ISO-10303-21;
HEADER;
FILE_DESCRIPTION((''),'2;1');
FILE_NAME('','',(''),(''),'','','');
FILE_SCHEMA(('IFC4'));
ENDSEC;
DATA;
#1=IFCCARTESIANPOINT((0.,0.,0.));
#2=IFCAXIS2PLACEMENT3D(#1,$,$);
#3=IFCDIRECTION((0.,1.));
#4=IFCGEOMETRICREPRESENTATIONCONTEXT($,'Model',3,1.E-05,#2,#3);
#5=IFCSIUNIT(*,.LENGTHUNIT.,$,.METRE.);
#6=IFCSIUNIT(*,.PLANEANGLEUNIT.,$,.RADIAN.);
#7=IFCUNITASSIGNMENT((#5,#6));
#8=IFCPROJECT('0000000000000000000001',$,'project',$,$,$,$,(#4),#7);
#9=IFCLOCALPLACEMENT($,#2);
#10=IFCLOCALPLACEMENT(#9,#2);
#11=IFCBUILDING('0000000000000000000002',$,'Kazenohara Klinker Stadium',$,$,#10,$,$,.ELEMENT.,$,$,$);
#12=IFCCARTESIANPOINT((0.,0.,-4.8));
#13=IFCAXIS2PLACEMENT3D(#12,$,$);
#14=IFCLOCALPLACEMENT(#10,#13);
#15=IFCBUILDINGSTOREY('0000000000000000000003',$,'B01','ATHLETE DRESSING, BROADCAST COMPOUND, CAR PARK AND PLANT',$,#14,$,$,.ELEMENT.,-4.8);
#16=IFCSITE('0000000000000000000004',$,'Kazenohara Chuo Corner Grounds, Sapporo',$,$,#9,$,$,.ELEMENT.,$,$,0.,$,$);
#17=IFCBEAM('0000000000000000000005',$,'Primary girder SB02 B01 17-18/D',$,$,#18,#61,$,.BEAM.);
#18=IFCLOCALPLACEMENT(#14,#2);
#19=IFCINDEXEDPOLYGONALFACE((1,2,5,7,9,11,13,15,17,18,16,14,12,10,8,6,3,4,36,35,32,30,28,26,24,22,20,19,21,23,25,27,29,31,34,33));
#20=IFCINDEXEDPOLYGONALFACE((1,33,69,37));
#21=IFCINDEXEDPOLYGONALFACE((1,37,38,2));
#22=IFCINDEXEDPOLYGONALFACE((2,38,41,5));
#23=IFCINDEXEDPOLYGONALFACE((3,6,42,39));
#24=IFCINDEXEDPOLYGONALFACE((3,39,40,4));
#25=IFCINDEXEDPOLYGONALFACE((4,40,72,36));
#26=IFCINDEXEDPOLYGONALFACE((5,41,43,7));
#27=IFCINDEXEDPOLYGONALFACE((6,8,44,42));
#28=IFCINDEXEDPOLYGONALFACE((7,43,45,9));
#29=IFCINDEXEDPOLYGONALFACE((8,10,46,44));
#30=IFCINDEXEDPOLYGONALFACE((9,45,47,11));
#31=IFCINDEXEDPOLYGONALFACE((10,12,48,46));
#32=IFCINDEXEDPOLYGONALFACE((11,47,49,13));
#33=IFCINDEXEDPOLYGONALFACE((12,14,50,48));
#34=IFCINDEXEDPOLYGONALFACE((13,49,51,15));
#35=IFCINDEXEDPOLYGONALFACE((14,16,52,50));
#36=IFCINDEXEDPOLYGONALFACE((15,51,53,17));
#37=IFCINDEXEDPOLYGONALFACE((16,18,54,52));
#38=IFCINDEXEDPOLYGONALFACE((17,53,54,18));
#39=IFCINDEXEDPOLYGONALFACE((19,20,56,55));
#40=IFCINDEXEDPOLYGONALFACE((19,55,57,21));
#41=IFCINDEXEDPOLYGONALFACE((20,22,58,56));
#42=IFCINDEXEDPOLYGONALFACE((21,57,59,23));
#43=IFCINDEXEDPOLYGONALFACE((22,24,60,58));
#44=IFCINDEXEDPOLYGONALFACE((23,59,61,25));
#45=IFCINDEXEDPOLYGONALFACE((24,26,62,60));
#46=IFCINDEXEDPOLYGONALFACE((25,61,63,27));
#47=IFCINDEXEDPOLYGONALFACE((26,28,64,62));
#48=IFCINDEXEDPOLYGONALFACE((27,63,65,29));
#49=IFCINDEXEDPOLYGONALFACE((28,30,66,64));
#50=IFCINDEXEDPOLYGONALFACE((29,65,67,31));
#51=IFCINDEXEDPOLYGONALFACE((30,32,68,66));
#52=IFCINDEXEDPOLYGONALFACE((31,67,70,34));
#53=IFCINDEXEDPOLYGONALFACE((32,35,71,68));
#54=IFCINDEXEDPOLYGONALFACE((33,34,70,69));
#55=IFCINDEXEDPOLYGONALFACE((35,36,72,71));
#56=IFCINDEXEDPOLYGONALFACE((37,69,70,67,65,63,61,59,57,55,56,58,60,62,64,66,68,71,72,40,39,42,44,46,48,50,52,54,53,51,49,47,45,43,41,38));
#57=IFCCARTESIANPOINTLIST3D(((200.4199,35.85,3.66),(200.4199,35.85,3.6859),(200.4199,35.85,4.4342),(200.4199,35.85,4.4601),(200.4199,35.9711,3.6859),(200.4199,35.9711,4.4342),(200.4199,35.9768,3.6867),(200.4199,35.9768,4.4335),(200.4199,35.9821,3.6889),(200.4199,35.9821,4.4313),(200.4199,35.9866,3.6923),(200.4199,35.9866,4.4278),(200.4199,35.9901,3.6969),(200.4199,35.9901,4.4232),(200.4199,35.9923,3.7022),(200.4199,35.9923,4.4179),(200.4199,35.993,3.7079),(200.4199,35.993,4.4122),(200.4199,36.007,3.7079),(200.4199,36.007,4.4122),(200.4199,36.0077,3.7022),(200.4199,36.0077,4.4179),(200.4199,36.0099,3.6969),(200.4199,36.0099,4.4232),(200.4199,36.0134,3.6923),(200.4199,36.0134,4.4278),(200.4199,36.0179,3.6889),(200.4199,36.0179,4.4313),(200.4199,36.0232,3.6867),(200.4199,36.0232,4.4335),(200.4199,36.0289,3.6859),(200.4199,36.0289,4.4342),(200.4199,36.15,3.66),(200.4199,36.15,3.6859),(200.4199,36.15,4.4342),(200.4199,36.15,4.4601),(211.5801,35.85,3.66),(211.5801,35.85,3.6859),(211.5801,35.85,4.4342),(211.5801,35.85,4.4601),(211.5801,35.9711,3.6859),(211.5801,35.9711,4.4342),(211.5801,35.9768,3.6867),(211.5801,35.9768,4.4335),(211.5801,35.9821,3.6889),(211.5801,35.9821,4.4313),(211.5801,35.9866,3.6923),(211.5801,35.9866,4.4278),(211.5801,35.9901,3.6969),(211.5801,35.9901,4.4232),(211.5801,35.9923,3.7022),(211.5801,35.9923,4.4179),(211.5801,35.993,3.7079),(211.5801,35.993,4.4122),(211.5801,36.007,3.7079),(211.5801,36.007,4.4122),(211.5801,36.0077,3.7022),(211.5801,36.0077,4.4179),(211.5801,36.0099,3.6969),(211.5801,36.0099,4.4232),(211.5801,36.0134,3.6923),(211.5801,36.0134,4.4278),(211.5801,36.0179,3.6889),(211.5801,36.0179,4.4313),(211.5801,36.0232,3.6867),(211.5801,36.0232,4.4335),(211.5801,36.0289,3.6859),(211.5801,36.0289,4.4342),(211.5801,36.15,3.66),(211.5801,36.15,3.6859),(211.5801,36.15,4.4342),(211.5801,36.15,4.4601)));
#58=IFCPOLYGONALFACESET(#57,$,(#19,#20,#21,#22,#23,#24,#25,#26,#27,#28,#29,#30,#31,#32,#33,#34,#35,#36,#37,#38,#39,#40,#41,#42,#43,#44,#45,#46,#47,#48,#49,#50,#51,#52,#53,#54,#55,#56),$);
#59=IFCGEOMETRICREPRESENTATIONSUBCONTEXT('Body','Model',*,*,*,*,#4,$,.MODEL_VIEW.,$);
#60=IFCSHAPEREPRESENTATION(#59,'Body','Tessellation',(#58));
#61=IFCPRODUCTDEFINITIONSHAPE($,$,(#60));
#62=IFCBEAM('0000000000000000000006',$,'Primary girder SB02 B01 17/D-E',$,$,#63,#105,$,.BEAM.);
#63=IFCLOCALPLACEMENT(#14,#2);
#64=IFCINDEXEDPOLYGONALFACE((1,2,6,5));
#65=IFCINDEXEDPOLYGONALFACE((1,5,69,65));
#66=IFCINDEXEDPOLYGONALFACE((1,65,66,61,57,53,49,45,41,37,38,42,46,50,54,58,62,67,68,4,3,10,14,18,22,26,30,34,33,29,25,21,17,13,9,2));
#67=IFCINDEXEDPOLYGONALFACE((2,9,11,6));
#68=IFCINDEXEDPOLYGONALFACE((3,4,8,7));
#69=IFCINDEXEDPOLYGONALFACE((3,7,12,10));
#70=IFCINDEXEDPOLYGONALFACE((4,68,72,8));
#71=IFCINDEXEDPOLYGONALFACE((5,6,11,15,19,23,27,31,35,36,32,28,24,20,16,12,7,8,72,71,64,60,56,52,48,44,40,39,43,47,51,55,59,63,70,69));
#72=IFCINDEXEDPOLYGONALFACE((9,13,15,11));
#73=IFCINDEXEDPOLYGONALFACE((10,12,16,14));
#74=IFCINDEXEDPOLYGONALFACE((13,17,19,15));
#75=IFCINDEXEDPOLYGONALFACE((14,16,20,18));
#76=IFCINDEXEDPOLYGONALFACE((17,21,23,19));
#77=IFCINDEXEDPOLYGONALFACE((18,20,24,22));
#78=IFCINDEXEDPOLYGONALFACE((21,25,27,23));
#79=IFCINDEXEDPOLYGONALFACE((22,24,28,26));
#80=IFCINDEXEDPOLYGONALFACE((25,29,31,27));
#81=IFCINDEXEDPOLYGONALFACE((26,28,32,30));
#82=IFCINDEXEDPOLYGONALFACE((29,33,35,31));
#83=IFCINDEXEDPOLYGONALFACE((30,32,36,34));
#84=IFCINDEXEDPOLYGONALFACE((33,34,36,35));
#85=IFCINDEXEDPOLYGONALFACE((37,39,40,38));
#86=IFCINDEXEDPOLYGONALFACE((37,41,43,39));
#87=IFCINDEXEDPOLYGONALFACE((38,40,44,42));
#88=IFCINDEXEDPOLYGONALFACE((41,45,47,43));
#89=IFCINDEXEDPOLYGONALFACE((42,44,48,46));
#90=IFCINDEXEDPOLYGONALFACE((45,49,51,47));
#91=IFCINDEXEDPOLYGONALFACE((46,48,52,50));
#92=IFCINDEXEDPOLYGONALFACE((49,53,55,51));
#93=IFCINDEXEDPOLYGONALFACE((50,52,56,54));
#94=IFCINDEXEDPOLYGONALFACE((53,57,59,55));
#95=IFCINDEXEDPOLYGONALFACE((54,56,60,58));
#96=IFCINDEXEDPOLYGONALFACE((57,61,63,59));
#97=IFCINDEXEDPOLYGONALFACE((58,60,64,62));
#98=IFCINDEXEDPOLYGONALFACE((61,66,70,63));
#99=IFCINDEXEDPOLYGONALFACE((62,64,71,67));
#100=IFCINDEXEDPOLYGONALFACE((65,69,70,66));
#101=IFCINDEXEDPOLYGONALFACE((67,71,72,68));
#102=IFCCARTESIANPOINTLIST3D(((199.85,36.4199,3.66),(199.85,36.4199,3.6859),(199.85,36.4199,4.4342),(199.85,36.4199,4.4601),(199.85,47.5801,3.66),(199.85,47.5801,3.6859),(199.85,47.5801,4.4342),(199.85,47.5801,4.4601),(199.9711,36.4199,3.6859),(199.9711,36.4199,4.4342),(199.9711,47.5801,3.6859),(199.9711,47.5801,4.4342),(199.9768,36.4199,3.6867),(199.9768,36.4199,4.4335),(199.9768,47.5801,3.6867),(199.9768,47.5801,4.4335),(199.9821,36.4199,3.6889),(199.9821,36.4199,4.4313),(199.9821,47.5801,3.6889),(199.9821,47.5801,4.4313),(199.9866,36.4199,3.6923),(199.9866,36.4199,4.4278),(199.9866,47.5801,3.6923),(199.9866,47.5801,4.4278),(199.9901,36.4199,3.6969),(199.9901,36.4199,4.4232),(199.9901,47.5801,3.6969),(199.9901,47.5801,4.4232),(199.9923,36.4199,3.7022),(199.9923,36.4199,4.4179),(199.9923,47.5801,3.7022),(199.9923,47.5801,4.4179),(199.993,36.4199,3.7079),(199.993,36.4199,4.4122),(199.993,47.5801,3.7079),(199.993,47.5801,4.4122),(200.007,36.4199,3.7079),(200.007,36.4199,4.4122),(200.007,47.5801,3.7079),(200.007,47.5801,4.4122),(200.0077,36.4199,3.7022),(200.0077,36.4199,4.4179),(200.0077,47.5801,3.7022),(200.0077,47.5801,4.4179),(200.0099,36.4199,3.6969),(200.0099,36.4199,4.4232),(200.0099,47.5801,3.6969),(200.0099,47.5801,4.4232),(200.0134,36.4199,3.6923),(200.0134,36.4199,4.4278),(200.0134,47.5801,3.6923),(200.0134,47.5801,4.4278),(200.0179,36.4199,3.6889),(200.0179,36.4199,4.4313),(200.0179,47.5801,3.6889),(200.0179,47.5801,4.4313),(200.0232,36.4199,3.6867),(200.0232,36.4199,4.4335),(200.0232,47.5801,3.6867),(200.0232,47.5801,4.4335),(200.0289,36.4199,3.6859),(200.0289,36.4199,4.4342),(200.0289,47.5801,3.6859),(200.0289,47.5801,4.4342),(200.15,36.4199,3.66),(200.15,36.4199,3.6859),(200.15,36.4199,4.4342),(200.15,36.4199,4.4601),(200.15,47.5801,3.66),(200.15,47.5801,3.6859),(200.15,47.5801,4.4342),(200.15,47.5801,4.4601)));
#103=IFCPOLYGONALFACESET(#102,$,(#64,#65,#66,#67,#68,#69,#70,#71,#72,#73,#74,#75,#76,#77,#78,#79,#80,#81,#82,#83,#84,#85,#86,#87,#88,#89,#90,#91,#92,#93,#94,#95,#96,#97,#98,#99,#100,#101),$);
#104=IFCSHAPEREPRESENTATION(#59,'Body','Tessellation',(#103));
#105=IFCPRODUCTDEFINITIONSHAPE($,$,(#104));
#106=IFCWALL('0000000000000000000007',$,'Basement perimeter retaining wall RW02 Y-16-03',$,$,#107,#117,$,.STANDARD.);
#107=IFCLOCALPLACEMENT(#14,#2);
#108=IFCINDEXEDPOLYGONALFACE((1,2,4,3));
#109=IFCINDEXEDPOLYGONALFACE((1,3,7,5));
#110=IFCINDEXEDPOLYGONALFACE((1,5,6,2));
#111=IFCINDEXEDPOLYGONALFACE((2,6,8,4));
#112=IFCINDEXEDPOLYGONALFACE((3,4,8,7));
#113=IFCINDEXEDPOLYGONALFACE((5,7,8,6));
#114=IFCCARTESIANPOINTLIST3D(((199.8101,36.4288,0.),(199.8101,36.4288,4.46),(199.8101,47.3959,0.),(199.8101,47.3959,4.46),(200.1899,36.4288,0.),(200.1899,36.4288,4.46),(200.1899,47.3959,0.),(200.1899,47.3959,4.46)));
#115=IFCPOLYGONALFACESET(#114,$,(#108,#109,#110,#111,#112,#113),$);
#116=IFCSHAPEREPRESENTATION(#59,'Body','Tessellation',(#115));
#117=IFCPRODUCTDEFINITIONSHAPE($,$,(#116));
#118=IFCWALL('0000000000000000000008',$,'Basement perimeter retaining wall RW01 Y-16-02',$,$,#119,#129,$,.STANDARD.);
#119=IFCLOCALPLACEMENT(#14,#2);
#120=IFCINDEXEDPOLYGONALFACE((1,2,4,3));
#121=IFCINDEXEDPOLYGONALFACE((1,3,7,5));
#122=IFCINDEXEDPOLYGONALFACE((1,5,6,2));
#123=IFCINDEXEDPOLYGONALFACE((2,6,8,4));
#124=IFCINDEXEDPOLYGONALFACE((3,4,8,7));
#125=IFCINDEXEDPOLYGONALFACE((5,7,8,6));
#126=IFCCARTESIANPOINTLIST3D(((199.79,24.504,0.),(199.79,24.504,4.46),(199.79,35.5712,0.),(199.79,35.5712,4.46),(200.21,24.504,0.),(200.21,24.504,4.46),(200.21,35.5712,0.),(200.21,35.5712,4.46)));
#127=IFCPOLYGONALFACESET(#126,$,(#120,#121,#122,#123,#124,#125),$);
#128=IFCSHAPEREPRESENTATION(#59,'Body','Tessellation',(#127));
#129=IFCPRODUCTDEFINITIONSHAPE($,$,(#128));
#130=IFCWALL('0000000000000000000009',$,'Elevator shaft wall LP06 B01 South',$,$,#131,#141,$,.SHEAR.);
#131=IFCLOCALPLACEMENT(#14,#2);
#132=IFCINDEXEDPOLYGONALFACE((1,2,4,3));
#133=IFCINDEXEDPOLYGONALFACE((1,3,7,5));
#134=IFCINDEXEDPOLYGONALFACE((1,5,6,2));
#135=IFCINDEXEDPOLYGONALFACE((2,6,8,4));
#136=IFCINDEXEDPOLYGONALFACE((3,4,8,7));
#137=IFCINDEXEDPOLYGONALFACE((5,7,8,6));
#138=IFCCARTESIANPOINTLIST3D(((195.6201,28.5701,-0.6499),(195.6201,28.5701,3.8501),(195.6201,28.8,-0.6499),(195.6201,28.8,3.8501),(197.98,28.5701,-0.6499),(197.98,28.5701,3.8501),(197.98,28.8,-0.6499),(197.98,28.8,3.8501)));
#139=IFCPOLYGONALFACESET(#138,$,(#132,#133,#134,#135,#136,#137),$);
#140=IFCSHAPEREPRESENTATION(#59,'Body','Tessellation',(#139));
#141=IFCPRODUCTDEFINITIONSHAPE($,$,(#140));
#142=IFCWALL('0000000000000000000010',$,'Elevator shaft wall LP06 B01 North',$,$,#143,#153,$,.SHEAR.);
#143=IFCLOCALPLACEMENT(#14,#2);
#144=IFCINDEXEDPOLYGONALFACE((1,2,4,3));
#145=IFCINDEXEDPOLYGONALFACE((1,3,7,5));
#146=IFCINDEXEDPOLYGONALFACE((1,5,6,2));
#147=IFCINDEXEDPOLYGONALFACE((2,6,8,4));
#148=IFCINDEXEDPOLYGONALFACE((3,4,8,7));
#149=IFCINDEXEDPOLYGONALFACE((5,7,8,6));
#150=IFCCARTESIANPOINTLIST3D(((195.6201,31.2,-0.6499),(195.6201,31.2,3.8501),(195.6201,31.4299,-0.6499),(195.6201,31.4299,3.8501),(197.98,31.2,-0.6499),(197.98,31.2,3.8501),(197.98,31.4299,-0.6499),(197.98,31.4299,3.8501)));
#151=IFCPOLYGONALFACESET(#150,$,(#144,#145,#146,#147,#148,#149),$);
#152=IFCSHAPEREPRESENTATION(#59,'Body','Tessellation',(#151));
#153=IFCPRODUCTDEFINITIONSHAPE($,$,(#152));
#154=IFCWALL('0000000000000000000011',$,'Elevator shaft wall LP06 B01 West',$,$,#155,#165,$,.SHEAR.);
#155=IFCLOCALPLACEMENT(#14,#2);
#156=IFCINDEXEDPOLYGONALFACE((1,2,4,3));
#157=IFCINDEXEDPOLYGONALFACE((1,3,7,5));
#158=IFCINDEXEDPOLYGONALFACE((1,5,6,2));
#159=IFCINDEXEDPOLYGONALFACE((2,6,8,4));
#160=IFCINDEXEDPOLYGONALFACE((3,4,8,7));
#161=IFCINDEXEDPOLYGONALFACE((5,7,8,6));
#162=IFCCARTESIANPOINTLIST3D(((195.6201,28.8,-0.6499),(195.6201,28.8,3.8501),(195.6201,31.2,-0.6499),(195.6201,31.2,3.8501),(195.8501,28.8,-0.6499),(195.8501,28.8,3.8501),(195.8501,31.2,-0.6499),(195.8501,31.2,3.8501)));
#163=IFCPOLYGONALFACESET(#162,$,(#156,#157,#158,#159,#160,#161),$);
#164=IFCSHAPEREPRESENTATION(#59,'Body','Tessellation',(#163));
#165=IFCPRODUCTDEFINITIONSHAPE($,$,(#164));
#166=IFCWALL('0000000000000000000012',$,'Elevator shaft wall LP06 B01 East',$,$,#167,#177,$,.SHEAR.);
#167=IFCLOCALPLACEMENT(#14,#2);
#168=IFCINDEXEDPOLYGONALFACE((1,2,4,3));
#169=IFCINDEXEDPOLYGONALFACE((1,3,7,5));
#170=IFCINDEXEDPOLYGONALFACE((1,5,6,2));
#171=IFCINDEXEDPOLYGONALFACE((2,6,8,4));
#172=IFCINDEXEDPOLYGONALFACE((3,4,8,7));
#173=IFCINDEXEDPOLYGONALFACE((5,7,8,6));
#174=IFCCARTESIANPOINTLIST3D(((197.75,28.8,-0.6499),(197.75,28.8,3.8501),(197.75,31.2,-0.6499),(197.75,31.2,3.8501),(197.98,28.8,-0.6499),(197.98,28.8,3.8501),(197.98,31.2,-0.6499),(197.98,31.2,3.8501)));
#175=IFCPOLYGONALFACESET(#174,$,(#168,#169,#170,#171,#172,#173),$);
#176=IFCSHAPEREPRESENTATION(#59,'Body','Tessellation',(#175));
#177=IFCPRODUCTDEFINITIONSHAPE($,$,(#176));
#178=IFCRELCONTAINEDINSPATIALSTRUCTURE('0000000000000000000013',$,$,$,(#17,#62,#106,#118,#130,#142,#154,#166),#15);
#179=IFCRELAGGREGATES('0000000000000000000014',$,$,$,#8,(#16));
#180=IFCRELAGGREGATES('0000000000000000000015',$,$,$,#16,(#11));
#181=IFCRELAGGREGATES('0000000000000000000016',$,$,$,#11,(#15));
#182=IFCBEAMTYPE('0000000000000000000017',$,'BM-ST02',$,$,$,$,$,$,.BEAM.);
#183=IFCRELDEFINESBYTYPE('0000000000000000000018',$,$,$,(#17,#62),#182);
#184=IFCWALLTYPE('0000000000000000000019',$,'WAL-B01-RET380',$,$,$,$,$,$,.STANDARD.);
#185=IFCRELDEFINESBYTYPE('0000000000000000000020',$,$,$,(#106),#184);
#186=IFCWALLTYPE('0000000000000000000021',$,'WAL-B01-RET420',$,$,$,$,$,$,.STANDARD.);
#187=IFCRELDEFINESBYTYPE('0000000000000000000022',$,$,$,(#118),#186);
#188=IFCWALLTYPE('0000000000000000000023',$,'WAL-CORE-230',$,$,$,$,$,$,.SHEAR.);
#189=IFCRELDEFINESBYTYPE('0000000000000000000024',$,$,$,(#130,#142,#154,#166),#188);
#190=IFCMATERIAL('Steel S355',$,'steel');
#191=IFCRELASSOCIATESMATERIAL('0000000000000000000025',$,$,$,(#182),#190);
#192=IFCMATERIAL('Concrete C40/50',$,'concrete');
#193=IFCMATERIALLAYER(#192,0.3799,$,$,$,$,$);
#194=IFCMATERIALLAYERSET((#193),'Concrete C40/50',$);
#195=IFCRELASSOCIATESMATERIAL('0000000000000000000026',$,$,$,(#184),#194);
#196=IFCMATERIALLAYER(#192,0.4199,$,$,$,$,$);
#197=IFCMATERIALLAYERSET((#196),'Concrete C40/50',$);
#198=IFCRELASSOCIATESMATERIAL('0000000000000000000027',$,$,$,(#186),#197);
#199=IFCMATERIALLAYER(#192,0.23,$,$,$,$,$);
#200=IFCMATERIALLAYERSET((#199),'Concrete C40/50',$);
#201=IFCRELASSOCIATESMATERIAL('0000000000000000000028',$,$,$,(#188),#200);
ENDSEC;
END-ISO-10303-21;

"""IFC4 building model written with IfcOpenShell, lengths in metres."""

from ifc_helpers import new_model, si_unit, direction, frame, frame_2d, origin, origin_2d, place, context, subcontext, project, spatial, rectangle, i_section, extrude, material, layer, layer_set, material_profile, profile_set, type_object, element, save


model = new_model("IFC4")

# Units and contexts
model_context = context("Model", 3, precision=1e-05, world=origin(), true_north=direction((0.0, 1.0)))
body_context = subcontext(model_context, "Body", "Model", "MODEL_VIEW")
ifc_project = project(units=[si_unit("LENGTHUNIT", "METRE"), si_unit("PLANEANGLEUNIT", "RADIAN")], contexts=[model_context])

# Site, building, storey
site_placement = place(None, origin())
site = spatial("IfcSite", under=ifc_project, at=site_placement, Name="Kazenohara Chuo Corner Grounds, Sapporo", CompositionType="ELEMENT", RefElevation=0.0)
building_placement = place(site_placement, origin())
building = spatial("IfcBuilding", under=site, at=building_placement, Name="Kazenohara Klinker Stadium", CompositionType="ELEMENT")
storey_placement = place(building_placement, frame((0.0, 0.0, -4.8)))
storey = spatial("IfcBuildingStorey", under=building, at=storey_placement, Name="B01", Description="ATHLETE DRESSING, BROADCAST COMPOUND, CAR PARK AND PLANT", CompositionType="ELEMENT", Elevation=-4.8)

# Shared definitions
ifc_material_1 = material(Name="Concrete C40/50", Category="concrete")

# Beams
ifc_material_2 = material(Name="Steel S355", Category="steel")
ifc_material_profile_1 = material_profile(ifc_material_2, i_section(OverallWidth=0.3, OverallDepth=0.8, WebThickness=0.0139, FlangeThickness=0.0259, FilletRadius=0.022, at=origin_2d()), Name="H-800x300x14x26")
ifc_profile_set_1 = profile_set([ifc_material_profile_1], Name="Steel S355")
beam_type_1 = type_object("IfcBeamType", Name="BM-ST02", PredefinedType="BEAM", material=ifc_profile_set_1)
for number, where, z_axis, x_axis, name in (
    (1, (200.4199, 36.0, 4.0601), (1.0, 0.0, 0.0), (0.0, 1.0, 0.0), "Primary girder SB02 B01 17-18/D"),
    (2, (200.0, 36.4199, 4.0601), (0.0, 1.0, 0.0), (-1.0, 0.0, 0.0), "Primary girder SB02 B01 17/D-E"),
):
    element("IfcBeam", number, at=place(storey_placement, frame(where, z_axis=z_axis, x_axis=x_axis)), inside=storey, type_object=beam_type_1, Name=name, PredefinedType="BEAM", context=body_context, shape_type="SweptSolid", body=[
        extrude(i_section(OverallWidth=0.3, OverallDepth=0.8, WebThickness=0.0139, FlangeThickness=0.0259, FilletRadius=0.022, at=origin_2d()), origin(), (0.0, 0.0, 1.0), 11.1602),
    ])

# Walls
ifc_layer_1 = layer(ifc_material_1, 0.3799)
ifc_layer_set_1 = layer_set([ifc_layer_1], Name="Concrete C40/50")
wall_type_1 = type_object("IfcWallType", Name="WAL-B01-RET380", PredefinedType="STANDARD", material=ifc_layer_set_1)
wall_1_placement = place(storey_placement, frame((200.0, 36.429, 0.0), z_axis=(0.0, 0.0, 1.0), x_axis=(0.0, 1.0, 0.0)))
element("IfcWall", 3, at=wall_1_placement, inside=storey, type_object=wall_type_1, Name="Basement perimeter retaining wall RW02 Y-16-03", PredefinedType="STANDARD", context=body_context, shape_type="SweptSolid", body=[
    extrude(rectangle(XDim=10.967, YDim=0.3799, at=frame_2d((5.4834, 0.0))), origin(), (0.0, 0.0, 1.0), 4.46),
])
ifc_layer_2 = layer(ifc_material_1, 0.4199)
ifc_layer_set_2 = layer_set([ifc_layer_2], Name="Concrete C40/50")
wall_type_2 = type_object("IfcWallType", Name="WAL-B01-RET420", PredefinedType="STANDARD", material=ifc_layer_set_2)
wall_2_placement = place(storey_placement, frame((200.0, 24.5039, 0.0), z_axis=(0.0, 0.0, 1.0), x_axis=(0.0, 1.0, 0.0)))
element("IfcWall", 4, at=wall_2_placement, inside=storey, type_object=wall_type_2, Name="Basement perimeter retaining wall RW01 Y-16-02", PredefinedType="STANDARD", context=body_context, shape_type="SweptSolid", body=[
    extrude(rectangle(XDim=11.0671, YDim=0.4199, at=frame_2d((5.5337, 0.0))), origin(), (0.0, 0.0, 1.0), 4.46),
])
ifc_layer_3 = layer(ifc_material_1, 0.23)
ifc_layer_set_3 = layer_set([ifc_layer_3], Name="Concrete C40/50")
wall_type_3 = type_object("IfcWallType", Name="WAL-CORE-230", PredefinedType="SHEAR", material=ifc_layer_set_3)
for number, where, z_axis, x_axis, name in (
    (5, (195.6201, 28.6851, -0.6499), (0.0, 0.0, 1.0), (1.0, 0.0, 0.0), "Elevator shaft wall LP06 B01 South"),
    (6, (195.6201, 31.3149, -0.6499), (0.0, 0.0, 1.0), (1.0, 0.0, 0.0), "Elevator shaft wall LP06 B01 North"),
):
    element("IfcWall", number, at=place(storey_placement, frame(where, z_axis=z_axis, x_axis=x_axis)), inside=storey, type_object=wall_type_3, Name=name, PredefinedType="SHEAR", context=body_context, shape_type="SweptSolid", body=[
        extrude(rectangle(XDim=2.3599, YDim=0.23, at=frame_2d((1.1799, 0.0))), origin(), (0.0, 0.0, 1.0), 4.5),
    ])
for number, where, z_axis, x_axis, name in (
    (7, (195.7351, 28.8, -0.6499), (0.0, 0.0, 1.0), (0.0, 1.0, 0.0), "Elevator shaft wall LP06 B01 West"),
    (8, (197.865, 28.8, -0.6499), (0.0, 0.0, 1.0), (0.0, 1.0, 0.0), "Elevator shaft wall LP06 B01 East"),
):
    element("IfcWall", number, at=place(storey_placement, frame(where, z_axis=z_axis, x_axis=x_axis)), inside=storey, type_object=wall_type_3, Name=name, PredefinedType="SHEAR", context=body_context, shape_type="SweptSolid", body=[
        extrude(rectangle(XDim=2.3999, YDim=0.23, at=frame_2d((1.2, 0.0))), origin(), (0.0, 0.0, 1.0), 4.5),
    ])

save(model, "model.ifc")
